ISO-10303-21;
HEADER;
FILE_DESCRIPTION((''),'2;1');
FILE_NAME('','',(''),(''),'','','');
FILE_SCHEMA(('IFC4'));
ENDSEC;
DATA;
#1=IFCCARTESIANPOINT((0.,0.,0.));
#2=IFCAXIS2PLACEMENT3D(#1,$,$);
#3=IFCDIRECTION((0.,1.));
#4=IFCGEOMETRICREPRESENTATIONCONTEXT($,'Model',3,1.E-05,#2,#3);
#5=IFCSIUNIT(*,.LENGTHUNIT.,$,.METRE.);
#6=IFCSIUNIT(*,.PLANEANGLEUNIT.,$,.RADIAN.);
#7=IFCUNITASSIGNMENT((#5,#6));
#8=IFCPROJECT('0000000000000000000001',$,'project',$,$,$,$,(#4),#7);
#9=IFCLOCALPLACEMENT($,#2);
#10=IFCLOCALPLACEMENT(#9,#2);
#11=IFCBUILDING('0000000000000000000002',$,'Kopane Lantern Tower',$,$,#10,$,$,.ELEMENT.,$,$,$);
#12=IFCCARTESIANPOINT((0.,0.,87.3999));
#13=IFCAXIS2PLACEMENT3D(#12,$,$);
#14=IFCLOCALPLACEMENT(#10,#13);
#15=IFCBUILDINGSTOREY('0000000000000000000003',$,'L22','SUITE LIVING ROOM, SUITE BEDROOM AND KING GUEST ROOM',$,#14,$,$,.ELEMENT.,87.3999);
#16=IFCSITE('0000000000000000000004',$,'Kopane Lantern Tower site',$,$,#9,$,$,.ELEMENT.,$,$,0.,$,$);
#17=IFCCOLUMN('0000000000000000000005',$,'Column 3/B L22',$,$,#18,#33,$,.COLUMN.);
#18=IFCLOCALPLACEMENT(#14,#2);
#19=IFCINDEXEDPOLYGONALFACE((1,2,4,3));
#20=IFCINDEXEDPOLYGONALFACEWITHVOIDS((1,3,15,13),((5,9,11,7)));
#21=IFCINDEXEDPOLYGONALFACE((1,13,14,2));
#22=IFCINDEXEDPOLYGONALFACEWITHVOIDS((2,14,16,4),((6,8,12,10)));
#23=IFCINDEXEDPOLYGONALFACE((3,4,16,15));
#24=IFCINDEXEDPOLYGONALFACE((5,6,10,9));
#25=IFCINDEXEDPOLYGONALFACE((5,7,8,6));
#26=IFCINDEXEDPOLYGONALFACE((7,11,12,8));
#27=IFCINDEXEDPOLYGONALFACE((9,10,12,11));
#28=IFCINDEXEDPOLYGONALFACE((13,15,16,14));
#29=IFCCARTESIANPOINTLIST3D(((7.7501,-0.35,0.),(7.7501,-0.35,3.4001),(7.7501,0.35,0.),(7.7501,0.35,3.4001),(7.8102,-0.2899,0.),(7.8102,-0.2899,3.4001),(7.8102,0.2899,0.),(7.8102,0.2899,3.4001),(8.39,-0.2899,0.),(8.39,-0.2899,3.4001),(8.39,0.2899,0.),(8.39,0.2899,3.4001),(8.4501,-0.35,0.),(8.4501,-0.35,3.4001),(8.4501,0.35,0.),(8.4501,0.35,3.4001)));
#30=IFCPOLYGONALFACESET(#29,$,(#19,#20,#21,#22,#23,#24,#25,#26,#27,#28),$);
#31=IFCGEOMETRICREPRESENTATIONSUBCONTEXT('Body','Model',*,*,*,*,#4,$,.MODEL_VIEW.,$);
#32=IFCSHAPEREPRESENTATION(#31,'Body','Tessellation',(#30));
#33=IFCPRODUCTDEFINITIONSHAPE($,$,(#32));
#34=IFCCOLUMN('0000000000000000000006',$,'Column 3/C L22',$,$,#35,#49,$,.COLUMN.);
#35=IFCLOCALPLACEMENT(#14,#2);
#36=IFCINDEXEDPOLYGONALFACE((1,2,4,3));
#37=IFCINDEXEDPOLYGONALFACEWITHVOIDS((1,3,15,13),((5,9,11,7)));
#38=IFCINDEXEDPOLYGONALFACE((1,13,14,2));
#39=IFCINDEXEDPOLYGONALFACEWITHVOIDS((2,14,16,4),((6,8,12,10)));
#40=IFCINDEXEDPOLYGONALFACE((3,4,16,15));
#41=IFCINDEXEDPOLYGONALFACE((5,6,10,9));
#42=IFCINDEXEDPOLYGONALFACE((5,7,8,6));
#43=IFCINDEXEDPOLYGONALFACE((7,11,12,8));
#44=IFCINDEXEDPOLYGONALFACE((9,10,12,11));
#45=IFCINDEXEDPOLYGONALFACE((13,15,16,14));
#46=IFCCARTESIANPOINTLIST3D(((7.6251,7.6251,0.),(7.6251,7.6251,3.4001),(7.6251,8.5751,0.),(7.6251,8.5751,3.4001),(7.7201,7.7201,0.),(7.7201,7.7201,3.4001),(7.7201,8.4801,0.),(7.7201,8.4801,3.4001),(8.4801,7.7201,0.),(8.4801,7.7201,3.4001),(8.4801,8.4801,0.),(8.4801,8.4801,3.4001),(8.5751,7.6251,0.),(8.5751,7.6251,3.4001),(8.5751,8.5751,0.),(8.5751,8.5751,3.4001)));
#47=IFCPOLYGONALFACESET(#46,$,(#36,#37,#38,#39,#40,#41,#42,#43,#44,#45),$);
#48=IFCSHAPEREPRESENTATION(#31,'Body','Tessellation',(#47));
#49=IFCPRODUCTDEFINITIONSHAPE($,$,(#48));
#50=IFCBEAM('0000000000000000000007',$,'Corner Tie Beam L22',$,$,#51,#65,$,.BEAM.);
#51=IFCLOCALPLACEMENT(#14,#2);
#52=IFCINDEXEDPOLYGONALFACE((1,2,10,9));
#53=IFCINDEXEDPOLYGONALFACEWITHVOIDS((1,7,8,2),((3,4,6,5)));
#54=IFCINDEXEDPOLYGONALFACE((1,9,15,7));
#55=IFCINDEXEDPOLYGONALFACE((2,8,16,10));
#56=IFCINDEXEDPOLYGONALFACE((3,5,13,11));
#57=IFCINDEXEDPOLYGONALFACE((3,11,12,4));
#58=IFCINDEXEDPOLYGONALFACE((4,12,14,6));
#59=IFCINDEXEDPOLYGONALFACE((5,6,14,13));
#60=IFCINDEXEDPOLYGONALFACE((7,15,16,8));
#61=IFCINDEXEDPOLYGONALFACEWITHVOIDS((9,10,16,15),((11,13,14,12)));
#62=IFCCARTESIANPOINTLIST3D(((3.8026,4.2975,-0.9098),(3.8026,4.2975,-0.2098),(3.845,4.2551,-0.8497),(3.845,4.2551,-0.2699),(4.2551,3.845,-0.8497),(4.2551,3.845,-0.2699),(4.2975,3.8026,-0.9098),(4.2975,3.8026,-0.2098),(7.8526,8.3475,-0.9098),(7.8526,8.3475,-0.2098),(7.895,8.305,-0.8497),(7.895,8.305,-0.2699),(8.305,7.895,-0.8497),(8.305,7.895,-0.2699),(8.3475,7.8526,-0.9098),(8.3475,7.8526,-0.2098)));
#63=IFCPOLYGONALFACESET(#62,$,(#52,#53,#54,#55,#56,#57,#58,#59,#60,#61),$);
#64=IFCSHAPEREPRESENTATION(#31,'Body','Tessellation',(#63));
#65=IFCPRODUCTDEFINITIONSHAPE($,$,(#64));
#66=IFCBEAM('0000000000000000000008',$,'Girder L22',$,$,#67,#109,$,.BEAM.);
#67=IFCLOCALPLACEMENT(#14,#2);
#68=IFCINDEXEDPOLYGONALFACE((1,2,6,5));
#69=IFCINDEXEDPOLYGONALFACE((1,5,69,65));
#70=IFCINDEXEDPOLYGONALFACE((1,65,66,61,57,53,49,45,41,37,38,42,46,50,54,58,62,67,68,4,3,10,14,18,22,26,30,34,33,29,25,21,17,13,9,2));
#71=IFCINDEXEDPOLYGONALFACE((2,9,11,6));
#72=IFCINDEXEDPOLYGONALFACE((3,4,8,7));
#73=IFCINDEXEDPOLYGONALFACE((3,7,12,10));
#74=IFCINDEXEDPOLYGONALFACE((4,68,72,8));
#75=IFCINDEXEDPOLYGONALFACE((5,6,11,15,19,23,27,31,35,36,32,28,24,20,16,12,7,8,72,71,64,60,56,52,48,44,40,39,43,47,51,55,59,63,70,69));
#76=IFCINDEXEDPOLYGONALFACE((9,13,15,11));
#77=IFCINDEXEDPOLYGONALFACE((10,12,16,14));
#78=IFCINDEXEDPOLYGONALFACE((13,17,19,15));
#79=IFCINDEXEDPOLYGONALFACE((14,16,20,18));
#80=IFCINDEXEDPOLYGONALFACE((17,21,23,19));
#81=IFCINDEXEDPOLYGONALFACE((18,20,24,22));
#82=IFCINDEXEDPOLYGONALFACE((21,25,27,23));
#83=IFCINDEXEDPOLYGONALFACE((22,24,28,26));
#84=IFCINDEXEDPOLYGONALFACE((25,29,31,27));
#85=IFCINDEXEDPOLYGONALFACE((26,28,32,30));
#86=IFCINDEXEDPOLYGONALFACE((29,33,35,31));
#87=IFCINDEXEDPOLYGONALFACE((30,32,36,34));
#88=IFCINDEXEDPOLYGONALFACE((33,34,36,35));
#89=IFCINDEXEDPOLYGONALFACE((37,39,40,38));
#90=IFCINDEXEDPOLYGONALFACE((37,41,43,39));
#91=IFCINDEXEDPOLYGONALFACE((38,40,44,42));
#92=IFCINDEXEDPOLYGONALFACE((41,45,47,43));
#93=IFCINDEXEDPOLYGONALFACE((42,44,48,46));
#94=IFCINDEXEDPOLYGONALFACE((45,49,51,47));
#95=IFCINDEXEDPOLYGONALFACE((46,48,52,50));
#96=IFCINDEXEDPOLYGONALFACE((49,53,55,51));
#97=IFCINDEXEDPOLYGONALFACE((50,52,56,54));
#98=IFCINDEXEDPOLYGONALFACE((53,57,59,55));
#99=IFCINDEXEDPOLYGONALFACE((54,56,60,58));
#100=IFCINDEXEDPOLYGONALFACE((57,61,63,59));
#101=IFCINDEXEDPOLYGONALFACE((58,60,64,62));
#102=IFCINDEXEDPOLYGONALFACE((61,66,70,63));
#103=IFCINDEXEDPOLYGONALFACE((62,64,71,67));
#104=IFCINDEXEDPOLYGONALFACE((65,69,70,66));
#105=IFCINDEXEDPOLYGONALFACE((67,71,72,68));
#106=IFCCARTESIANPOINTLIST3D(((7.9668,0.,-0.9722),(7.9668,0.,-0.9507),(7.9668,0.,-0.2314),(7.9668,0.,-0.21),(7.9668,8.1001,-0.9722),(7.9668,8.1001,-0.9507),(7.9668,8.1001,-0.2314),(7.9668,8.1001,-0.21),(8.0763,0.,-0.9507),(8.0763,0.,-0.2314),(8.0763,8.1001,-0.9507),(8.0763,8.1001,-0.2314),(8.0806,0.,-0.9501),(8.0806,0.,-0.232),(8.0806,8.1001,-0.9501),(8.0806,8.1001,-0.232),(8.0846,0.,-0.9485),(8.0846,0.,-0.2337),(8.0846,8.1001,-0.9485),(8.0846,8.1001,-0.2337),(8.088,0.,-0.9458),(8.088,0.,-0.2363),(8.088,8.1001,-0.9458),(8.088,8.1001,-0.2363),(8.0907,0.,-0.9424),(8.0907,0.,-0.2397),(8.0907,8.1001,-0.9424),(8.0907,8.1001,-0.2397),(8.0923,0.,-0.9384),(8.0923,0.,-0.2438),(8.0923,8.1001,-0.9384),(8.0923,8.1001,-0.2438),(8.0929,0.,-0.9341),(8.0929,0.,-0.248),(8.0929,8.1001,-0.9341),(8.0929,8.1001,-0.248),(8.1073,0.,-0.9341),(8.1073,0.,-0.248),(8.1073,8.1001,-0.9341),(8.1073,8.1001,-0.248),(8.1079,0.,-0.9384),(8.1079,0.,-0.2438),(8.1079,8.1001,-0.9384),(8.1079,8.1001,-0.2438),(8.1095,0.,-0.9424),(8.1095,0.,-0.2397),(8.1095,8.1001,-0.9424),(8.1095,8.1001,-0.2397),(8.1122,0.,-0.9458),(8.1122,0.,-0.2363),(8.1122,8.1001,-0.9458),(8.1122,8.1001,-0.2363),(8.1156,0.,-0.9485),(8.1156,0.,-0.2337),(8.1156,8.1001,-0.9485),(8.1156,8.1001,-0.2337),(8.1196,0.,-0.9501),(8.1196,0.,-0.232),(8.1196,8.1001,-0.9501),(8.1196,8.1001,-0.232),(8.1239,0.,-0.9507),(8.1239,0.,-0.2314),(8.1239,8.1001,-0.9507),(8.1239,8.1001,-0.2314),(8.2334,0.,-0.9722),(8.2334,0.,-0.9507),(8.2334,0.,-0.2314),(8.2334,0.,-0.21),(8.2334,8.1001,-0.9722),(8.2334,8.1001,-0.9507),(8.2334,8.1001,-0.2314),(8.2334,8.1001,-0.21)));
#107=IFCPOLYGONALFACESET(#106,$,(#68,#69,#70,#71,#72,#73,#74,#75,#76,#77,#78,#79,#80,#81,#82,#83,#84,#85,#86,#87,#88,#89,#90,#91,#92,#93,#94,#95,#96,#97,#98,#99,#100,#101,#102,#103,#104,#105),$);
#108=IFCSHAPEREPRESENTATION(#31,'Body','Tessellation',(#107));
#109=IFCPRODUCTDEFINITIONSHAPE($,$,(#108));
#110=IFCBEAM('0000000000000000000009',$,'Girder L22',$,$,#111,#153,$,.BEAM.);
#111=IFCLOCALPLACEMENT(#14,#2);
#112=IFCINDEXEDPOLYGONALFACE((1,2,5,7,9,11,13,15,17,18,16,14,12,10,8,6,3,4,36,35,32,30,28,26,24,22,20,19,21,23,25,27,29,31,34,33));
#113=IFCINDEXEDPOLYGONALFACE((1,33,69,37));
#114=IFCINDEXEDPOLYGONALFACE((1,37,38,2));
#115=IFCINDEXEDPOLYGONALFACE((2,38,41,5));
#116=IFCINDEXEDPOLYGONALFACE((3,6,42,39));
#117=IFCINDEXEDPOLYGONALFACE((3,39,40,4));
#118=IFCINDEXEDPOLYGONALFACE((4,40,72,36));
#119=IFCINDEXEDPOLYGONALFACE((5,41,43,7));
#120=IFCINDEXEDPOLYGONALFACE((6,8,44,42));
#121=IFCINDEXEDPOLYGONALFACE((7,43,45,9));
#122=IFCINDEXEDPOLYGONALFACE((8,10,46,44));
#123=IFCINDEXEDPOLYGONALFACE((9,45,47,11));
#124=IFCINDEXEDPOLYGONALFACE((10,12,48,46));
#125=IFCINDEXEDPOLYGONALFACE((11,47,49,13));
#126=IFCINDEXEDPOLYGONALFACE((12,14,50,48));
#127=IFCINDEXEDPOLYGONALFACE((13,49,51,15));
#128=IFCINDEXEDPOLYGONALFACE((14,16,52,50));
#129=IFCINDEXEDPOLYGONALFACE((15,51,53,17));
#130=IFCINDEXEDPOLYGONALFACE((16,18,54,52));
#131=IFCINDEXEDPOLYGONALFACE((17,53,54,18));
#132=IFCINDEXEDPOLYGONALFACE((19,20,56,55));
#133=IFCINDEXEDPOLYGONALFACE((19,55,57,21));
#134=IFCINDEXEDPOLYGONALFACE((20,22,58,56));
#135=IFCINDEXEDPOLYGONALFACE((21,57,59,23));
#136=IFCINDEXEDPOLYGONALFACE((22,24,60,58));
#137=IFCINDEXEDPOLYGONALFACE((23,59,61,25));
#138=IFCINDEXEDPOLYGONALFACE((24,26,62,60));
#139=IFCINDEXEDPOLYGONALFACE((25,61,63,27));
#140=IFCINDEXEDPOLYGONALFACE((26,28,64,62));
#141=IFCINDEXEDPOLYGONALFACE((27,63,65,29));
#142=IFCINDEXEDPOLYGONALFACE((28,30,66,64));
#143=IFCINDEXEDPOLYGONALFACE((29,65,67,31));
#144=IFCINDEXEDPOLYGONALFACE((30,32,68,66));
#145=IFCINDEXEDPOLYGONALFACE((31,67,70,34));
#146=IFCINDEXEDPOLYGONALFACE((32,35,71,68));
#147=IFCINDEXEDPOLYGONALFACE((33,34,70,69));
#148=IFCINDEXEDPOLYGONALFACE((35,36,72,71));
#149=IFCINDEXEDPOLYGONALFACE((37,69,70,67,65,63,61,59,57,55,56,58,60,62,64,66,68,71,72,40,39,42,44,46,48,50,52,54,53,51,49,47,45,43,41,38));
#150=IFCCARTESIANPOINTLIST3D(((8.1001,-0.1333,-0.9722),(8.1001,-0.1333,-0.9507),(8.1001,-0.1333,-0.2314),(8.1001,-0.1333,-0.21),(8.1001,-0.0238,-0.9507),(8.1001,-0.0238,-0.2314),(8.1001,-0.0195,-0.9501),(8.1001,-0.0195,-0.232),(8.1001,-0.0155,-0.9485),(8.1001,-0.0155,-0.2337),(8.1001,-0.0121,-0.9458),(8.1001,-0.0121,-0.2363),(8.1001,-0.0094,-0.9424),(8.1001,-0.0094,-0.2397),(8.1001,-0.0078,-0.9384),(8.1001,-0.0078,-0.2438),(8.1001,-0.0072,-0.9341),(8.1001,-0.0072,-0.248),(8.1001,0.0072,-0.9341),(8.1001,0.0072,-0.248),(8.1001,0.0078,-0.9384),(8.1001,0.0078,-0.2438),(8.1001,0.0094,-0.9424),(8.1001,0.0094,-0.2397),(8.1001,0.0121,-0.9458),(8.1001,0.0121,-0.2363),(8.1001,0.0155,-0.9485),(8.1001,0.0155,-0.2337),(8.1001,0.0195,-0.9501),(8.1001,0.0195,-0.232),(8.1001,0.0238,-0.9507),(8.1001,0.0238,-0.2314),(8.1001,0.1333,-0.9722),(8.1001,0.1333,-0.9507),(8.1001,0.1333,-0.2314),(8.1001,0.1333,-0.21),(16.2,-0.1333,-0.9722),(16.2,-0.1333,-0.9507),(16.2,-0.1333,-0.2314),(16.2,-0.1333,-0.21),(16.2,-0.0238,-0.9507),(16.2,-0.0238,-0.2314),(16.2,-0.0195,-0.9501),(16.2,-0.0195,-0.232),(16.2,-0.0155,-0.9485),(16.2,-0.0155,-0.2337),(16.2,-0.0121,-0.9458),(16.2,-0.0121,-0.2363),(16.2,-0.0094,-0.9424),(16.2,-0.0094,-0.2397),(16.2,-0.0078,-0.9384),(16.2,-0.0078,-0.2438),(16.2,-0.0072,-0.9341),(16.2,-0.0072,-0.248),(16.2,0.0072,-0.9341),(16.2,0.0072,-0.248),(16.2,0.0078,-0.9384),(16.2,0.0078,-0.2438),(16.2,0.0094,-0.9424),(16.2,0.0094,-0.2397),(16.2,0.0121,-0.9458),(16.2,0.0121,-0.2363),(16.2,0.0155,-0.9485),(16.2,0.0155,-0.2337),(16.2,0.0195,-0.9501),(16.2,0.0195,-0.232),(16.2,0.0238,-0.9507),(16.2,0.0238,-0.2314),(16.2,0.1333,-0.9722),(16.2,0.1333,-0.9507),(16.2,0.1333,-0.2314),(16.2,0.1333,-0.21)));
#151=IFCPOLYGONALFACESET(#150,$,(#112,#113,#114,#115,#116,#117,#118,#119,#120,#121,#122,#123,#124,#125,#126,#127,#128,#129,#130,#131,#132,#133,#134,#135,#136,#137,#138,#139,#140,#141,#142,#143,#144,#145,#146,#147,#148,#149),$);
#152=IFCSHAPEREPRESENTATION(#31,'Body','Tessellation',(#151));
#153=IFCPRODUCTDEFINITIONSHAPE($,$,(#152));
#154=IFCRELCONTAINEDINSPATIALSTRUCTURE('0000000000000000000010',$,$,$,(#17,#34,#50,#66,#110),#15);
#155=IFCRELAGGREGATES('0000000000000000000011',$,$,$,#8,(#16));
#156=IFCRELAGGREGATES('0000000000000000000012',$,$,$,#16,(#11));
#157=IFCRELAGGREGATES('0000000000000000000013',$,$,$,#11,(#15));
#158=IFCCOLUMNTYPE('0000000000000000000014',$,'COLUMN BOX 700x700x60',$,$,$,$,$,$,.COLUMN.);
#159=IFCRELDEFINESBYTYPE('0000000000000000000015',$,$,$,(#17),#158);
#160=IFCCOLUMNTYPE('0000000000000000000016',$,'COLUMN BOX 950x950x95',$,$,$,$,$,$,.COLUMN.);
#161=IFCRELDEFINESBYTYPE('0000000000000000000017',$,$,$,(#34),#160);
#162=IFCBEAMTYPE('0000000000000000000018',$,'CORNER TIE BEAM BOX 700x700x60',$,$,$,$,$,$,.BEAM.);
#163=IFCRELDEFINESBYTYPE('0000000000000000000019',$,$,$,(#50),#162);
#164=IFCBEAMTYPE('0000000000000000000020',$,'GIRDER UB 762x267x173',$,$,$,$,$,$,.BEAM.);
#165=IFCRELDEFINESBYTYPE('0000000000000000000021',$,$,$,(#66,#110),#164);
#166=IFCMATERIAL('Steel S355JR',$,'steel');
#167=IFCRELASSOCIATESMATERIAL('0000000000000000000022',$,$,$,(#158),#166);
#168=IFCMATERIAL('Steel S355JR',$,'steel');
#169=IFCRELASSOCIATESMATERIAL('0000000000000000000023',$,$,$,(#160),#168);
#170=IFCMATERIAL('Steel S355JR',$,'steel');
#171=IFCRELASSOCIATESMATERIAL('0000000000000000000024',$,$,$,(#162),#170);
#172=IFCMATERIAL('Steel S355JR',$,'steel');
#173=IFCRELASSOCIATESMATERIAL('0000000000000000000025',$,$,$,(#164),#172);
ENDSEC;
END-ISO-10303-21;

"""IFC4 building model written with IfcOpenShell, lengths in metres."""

from ifc_helpers import new_model, si_unit, direction, frame, origin, origin_2d, place, context, subcontext, project, spatial, hollow_rectangle, i_section, extrude, material, material_profile, profile_set, type_object, element, save


model = new_model("IFC4")

# Units and contexts
model_context = context("Model", 3, precision=1e-05, world=origin(), true_north=direction((0.0, 1.0)))
body_context = subcontext(model_context, "Body", "Model", "MODEL_VIEW")
ifc_project = project(units=[si_unit("LENGTHUNIT", "METRE"), si_unit("PLANEANGLEUNIT", "RADIAN")], contexts=[model_context])

# Site, building, storey
site_placement = place(None, origin())
site = spatial("IfcSite", under=ifc_project, at=site_placement, Name="Kopane Lantern Tower site", CompositionType="ELEMENT", RefElevation=0.0)
building_placement = place(site_placement, origin())
building = spatial("IfcBuilding", under=site, at=building_placement, Name="Kopane Lantern Tower", CompositionType="ELEMENT")
storey_placement = place(building_placement, frame((0.0, 0.0, 87.3999)))
storey = spatial("IfcBuildingStorey", under=building, at=storey_placement, Name="L22", Description="SUITE LIVING ROOM, SUITE BEDROOM AND KING GUEST ROOM", CompositionType="ELEMENT", Elevation=87.3999)

# Columns
ifc_material_1 = material(Name="Steel S355JR", Category="steel")
ifc_material_profile_1 = material_profile(ifc_material_1, hollow_rectangle(XDim=0.7, YDim=0.7, WallThickness=0.0601, at=origin_2d()), Name="BOX 700x700x60")
ifc_profile_set_1 = profile_set([ifc_material_profile_1], Name="Steel S355JR")
column_type_1 = type_object("IfcColumnType", Name="COLUMN BOX 700x700x60", PredefinedType="COLUMN", material=ifc_profile_set_1)
column_1_placement = place(storey_placement, frame((8.1001, 0.0, 0.0), z_axis=(0.0, 0.0, 1.0), x_axis=(1.0, 0.0, 0.0)))
element("IfcColumn", 1, at=column_1_placement, inside=storey, type_object=column_type_1, Name="Column 3/B L22", PredefinedType="COLUMN", context=body_context, shape_type="SweptSolid", body=[
    extrude(hollow_rectangle(XDim=0.7, YDim=0.7, WallThickness=0.0601, at=origin_2d()), origin(), (0.0, 0.0, 1.0), 3.4001),
])
ifc_material_2 = material(Name="Steel S355JR", Category="steel")
ifc_material_profile_2 = material_profile(ifc_material_2, hollow_rectangle(XDim=0.95, YDim=0.95, WallThickness=0.095, at=origin_2d()), Name="BOX 950x950x95")
ifc_profile_set_2 = profile_set([ifc_material_profile_2], Name="Steel S355JR")
column_type_2 = type_object("IfcColumnType", Name="COLUMN BOX 950x950x95", PredefinedType="COLUMN", material=ifc_profile_set_2)
column_2_placement = place(storey_placement, frame((8.1001, 8.1001, 0.0), z_axis=(0.0, 0.0, 1.0), x_axis=(1.0, 0.0, 0.0)))
element("IfcColumn", 2, at=column_2_placement, inside=storey, type_object=column_type_2, Name="Column 3/C L22", PredefinedType="COLUMN", context=body_context, shape_type="SweptSolid", body=[
    extrude(hollow_rectangle(XDim=0.95, YDim=0.95, WallThickness=0.095, at=origin_2d()), origin(), (0.0, 0.0, 1.0), 3.4001),
])

# Beams
ifc_material_3 = material(Name="Steel S355JR", Category="steel")
ifc_material_profile_3 = material_profile(ifc_material_3, hollow_rectangle(XDim=0.7, YDim=0.7, WallThickness=0.0601, at=origin_2d()), Name="BOX 700x700x60")
ifc_profile_set_3 = profile_set([ifc_material_profile_3], Name="Steel S355JR")
beam_type_1 = type_object("IfcBeamType", Name="CORNER TIE BEAM BOX 700x700x60", PredefinedType="BEAM", material=ifc_profile_set_3)
beam_1_placement = place(storey_placement, frame((4.05, 4.05, -0.5598), z_axis=(0.707107, 0.707107, 0.0), x_axis=(-0.707107, 0.707107, 0.0)))
element("IfcBeam", 3, at=beam_1_placement, inside=storey, type_object=beam_type_1, Name="Corner Tie Beam L22", PredefinedType="BEAM", context=body_context, shape_type="SweptSolid", body=[
    extrude(hollow_rectangle(XDim=0.7, YDim=0.7, WallThickness=0.0601, at=origin_2d()), origin(), (0.0, 0.0, 1.0), 5.7275),
])
ifc_material_4 = material(Name="Steel S355JR", Category="steel")
ifc_material_profile_4 = material_profile(ifc_material_4, i_section(OverallWidth=0.2666, OverallDepth=0.7622, WebThickness=0.0144, FlangeThickness=0.0215, FilletRadius=0.0166, at=origin_2d()), Name="UB 762x267x173")
ifc_profile_set_4 = profile_set([ifc_material_profile_4], Name="Steel S355JR")
beam_type_2 = type_object("IfcBeamType", Name="GIRDER UB 762x267x173", PredefinedType="BEAM", material=ifc_profile_set_4)
beam_2_placement = place(storey_placement, frame((8.1001, 0.0, -0.5911), z_axis=(0.0, 1.0, 0.0), x_axis=(-1.0, 0.0, 0.0)))
element("IfcBeam", 4, at=beam_2_placement, inside=storey, type_object=beam_type_2, Name="Girder L22", PredefinedType="BEAM", context=body_context, shape_type="SweptSolid", body=[
    extrude(i_section(OverallWidth=0.2666, OverallDepth=0.7622, WebThickness=0.0144, FlangeThickness=0.0215, FilletRadius=0.0166, at=origin_2d()), origin(), (0.0, 0.0, 1.0), 8.1001),
])
for number, where, z_axis, x_axis, name in (
    (5, (8.1001, 0.0, -0.5911), (1.0, 0.0, 0.0), (0.0, 1.0, 0.0), "Girder L22"),
):
    element("IfcBeam", number, at=place(storey_placement, frame(where, z_axis=z_axis, x_axis=x_axis)), inside=storey, type_object=beam_type_2, Name=name, PredefinedType="BEAM", context=body_context, shape_type="SweptSolid", body=[
        extrude(i_section(OverallWidth=0.2666, OverallDepth=0.7622, WebThickness=0.0144, FlangeThickness=0.0215, FilletRadius=0.0166, at=origin_2d()), origin(), (0.0, 0.0, 1.0), 8.0999),
    ])

save(model, "model.ifc")
